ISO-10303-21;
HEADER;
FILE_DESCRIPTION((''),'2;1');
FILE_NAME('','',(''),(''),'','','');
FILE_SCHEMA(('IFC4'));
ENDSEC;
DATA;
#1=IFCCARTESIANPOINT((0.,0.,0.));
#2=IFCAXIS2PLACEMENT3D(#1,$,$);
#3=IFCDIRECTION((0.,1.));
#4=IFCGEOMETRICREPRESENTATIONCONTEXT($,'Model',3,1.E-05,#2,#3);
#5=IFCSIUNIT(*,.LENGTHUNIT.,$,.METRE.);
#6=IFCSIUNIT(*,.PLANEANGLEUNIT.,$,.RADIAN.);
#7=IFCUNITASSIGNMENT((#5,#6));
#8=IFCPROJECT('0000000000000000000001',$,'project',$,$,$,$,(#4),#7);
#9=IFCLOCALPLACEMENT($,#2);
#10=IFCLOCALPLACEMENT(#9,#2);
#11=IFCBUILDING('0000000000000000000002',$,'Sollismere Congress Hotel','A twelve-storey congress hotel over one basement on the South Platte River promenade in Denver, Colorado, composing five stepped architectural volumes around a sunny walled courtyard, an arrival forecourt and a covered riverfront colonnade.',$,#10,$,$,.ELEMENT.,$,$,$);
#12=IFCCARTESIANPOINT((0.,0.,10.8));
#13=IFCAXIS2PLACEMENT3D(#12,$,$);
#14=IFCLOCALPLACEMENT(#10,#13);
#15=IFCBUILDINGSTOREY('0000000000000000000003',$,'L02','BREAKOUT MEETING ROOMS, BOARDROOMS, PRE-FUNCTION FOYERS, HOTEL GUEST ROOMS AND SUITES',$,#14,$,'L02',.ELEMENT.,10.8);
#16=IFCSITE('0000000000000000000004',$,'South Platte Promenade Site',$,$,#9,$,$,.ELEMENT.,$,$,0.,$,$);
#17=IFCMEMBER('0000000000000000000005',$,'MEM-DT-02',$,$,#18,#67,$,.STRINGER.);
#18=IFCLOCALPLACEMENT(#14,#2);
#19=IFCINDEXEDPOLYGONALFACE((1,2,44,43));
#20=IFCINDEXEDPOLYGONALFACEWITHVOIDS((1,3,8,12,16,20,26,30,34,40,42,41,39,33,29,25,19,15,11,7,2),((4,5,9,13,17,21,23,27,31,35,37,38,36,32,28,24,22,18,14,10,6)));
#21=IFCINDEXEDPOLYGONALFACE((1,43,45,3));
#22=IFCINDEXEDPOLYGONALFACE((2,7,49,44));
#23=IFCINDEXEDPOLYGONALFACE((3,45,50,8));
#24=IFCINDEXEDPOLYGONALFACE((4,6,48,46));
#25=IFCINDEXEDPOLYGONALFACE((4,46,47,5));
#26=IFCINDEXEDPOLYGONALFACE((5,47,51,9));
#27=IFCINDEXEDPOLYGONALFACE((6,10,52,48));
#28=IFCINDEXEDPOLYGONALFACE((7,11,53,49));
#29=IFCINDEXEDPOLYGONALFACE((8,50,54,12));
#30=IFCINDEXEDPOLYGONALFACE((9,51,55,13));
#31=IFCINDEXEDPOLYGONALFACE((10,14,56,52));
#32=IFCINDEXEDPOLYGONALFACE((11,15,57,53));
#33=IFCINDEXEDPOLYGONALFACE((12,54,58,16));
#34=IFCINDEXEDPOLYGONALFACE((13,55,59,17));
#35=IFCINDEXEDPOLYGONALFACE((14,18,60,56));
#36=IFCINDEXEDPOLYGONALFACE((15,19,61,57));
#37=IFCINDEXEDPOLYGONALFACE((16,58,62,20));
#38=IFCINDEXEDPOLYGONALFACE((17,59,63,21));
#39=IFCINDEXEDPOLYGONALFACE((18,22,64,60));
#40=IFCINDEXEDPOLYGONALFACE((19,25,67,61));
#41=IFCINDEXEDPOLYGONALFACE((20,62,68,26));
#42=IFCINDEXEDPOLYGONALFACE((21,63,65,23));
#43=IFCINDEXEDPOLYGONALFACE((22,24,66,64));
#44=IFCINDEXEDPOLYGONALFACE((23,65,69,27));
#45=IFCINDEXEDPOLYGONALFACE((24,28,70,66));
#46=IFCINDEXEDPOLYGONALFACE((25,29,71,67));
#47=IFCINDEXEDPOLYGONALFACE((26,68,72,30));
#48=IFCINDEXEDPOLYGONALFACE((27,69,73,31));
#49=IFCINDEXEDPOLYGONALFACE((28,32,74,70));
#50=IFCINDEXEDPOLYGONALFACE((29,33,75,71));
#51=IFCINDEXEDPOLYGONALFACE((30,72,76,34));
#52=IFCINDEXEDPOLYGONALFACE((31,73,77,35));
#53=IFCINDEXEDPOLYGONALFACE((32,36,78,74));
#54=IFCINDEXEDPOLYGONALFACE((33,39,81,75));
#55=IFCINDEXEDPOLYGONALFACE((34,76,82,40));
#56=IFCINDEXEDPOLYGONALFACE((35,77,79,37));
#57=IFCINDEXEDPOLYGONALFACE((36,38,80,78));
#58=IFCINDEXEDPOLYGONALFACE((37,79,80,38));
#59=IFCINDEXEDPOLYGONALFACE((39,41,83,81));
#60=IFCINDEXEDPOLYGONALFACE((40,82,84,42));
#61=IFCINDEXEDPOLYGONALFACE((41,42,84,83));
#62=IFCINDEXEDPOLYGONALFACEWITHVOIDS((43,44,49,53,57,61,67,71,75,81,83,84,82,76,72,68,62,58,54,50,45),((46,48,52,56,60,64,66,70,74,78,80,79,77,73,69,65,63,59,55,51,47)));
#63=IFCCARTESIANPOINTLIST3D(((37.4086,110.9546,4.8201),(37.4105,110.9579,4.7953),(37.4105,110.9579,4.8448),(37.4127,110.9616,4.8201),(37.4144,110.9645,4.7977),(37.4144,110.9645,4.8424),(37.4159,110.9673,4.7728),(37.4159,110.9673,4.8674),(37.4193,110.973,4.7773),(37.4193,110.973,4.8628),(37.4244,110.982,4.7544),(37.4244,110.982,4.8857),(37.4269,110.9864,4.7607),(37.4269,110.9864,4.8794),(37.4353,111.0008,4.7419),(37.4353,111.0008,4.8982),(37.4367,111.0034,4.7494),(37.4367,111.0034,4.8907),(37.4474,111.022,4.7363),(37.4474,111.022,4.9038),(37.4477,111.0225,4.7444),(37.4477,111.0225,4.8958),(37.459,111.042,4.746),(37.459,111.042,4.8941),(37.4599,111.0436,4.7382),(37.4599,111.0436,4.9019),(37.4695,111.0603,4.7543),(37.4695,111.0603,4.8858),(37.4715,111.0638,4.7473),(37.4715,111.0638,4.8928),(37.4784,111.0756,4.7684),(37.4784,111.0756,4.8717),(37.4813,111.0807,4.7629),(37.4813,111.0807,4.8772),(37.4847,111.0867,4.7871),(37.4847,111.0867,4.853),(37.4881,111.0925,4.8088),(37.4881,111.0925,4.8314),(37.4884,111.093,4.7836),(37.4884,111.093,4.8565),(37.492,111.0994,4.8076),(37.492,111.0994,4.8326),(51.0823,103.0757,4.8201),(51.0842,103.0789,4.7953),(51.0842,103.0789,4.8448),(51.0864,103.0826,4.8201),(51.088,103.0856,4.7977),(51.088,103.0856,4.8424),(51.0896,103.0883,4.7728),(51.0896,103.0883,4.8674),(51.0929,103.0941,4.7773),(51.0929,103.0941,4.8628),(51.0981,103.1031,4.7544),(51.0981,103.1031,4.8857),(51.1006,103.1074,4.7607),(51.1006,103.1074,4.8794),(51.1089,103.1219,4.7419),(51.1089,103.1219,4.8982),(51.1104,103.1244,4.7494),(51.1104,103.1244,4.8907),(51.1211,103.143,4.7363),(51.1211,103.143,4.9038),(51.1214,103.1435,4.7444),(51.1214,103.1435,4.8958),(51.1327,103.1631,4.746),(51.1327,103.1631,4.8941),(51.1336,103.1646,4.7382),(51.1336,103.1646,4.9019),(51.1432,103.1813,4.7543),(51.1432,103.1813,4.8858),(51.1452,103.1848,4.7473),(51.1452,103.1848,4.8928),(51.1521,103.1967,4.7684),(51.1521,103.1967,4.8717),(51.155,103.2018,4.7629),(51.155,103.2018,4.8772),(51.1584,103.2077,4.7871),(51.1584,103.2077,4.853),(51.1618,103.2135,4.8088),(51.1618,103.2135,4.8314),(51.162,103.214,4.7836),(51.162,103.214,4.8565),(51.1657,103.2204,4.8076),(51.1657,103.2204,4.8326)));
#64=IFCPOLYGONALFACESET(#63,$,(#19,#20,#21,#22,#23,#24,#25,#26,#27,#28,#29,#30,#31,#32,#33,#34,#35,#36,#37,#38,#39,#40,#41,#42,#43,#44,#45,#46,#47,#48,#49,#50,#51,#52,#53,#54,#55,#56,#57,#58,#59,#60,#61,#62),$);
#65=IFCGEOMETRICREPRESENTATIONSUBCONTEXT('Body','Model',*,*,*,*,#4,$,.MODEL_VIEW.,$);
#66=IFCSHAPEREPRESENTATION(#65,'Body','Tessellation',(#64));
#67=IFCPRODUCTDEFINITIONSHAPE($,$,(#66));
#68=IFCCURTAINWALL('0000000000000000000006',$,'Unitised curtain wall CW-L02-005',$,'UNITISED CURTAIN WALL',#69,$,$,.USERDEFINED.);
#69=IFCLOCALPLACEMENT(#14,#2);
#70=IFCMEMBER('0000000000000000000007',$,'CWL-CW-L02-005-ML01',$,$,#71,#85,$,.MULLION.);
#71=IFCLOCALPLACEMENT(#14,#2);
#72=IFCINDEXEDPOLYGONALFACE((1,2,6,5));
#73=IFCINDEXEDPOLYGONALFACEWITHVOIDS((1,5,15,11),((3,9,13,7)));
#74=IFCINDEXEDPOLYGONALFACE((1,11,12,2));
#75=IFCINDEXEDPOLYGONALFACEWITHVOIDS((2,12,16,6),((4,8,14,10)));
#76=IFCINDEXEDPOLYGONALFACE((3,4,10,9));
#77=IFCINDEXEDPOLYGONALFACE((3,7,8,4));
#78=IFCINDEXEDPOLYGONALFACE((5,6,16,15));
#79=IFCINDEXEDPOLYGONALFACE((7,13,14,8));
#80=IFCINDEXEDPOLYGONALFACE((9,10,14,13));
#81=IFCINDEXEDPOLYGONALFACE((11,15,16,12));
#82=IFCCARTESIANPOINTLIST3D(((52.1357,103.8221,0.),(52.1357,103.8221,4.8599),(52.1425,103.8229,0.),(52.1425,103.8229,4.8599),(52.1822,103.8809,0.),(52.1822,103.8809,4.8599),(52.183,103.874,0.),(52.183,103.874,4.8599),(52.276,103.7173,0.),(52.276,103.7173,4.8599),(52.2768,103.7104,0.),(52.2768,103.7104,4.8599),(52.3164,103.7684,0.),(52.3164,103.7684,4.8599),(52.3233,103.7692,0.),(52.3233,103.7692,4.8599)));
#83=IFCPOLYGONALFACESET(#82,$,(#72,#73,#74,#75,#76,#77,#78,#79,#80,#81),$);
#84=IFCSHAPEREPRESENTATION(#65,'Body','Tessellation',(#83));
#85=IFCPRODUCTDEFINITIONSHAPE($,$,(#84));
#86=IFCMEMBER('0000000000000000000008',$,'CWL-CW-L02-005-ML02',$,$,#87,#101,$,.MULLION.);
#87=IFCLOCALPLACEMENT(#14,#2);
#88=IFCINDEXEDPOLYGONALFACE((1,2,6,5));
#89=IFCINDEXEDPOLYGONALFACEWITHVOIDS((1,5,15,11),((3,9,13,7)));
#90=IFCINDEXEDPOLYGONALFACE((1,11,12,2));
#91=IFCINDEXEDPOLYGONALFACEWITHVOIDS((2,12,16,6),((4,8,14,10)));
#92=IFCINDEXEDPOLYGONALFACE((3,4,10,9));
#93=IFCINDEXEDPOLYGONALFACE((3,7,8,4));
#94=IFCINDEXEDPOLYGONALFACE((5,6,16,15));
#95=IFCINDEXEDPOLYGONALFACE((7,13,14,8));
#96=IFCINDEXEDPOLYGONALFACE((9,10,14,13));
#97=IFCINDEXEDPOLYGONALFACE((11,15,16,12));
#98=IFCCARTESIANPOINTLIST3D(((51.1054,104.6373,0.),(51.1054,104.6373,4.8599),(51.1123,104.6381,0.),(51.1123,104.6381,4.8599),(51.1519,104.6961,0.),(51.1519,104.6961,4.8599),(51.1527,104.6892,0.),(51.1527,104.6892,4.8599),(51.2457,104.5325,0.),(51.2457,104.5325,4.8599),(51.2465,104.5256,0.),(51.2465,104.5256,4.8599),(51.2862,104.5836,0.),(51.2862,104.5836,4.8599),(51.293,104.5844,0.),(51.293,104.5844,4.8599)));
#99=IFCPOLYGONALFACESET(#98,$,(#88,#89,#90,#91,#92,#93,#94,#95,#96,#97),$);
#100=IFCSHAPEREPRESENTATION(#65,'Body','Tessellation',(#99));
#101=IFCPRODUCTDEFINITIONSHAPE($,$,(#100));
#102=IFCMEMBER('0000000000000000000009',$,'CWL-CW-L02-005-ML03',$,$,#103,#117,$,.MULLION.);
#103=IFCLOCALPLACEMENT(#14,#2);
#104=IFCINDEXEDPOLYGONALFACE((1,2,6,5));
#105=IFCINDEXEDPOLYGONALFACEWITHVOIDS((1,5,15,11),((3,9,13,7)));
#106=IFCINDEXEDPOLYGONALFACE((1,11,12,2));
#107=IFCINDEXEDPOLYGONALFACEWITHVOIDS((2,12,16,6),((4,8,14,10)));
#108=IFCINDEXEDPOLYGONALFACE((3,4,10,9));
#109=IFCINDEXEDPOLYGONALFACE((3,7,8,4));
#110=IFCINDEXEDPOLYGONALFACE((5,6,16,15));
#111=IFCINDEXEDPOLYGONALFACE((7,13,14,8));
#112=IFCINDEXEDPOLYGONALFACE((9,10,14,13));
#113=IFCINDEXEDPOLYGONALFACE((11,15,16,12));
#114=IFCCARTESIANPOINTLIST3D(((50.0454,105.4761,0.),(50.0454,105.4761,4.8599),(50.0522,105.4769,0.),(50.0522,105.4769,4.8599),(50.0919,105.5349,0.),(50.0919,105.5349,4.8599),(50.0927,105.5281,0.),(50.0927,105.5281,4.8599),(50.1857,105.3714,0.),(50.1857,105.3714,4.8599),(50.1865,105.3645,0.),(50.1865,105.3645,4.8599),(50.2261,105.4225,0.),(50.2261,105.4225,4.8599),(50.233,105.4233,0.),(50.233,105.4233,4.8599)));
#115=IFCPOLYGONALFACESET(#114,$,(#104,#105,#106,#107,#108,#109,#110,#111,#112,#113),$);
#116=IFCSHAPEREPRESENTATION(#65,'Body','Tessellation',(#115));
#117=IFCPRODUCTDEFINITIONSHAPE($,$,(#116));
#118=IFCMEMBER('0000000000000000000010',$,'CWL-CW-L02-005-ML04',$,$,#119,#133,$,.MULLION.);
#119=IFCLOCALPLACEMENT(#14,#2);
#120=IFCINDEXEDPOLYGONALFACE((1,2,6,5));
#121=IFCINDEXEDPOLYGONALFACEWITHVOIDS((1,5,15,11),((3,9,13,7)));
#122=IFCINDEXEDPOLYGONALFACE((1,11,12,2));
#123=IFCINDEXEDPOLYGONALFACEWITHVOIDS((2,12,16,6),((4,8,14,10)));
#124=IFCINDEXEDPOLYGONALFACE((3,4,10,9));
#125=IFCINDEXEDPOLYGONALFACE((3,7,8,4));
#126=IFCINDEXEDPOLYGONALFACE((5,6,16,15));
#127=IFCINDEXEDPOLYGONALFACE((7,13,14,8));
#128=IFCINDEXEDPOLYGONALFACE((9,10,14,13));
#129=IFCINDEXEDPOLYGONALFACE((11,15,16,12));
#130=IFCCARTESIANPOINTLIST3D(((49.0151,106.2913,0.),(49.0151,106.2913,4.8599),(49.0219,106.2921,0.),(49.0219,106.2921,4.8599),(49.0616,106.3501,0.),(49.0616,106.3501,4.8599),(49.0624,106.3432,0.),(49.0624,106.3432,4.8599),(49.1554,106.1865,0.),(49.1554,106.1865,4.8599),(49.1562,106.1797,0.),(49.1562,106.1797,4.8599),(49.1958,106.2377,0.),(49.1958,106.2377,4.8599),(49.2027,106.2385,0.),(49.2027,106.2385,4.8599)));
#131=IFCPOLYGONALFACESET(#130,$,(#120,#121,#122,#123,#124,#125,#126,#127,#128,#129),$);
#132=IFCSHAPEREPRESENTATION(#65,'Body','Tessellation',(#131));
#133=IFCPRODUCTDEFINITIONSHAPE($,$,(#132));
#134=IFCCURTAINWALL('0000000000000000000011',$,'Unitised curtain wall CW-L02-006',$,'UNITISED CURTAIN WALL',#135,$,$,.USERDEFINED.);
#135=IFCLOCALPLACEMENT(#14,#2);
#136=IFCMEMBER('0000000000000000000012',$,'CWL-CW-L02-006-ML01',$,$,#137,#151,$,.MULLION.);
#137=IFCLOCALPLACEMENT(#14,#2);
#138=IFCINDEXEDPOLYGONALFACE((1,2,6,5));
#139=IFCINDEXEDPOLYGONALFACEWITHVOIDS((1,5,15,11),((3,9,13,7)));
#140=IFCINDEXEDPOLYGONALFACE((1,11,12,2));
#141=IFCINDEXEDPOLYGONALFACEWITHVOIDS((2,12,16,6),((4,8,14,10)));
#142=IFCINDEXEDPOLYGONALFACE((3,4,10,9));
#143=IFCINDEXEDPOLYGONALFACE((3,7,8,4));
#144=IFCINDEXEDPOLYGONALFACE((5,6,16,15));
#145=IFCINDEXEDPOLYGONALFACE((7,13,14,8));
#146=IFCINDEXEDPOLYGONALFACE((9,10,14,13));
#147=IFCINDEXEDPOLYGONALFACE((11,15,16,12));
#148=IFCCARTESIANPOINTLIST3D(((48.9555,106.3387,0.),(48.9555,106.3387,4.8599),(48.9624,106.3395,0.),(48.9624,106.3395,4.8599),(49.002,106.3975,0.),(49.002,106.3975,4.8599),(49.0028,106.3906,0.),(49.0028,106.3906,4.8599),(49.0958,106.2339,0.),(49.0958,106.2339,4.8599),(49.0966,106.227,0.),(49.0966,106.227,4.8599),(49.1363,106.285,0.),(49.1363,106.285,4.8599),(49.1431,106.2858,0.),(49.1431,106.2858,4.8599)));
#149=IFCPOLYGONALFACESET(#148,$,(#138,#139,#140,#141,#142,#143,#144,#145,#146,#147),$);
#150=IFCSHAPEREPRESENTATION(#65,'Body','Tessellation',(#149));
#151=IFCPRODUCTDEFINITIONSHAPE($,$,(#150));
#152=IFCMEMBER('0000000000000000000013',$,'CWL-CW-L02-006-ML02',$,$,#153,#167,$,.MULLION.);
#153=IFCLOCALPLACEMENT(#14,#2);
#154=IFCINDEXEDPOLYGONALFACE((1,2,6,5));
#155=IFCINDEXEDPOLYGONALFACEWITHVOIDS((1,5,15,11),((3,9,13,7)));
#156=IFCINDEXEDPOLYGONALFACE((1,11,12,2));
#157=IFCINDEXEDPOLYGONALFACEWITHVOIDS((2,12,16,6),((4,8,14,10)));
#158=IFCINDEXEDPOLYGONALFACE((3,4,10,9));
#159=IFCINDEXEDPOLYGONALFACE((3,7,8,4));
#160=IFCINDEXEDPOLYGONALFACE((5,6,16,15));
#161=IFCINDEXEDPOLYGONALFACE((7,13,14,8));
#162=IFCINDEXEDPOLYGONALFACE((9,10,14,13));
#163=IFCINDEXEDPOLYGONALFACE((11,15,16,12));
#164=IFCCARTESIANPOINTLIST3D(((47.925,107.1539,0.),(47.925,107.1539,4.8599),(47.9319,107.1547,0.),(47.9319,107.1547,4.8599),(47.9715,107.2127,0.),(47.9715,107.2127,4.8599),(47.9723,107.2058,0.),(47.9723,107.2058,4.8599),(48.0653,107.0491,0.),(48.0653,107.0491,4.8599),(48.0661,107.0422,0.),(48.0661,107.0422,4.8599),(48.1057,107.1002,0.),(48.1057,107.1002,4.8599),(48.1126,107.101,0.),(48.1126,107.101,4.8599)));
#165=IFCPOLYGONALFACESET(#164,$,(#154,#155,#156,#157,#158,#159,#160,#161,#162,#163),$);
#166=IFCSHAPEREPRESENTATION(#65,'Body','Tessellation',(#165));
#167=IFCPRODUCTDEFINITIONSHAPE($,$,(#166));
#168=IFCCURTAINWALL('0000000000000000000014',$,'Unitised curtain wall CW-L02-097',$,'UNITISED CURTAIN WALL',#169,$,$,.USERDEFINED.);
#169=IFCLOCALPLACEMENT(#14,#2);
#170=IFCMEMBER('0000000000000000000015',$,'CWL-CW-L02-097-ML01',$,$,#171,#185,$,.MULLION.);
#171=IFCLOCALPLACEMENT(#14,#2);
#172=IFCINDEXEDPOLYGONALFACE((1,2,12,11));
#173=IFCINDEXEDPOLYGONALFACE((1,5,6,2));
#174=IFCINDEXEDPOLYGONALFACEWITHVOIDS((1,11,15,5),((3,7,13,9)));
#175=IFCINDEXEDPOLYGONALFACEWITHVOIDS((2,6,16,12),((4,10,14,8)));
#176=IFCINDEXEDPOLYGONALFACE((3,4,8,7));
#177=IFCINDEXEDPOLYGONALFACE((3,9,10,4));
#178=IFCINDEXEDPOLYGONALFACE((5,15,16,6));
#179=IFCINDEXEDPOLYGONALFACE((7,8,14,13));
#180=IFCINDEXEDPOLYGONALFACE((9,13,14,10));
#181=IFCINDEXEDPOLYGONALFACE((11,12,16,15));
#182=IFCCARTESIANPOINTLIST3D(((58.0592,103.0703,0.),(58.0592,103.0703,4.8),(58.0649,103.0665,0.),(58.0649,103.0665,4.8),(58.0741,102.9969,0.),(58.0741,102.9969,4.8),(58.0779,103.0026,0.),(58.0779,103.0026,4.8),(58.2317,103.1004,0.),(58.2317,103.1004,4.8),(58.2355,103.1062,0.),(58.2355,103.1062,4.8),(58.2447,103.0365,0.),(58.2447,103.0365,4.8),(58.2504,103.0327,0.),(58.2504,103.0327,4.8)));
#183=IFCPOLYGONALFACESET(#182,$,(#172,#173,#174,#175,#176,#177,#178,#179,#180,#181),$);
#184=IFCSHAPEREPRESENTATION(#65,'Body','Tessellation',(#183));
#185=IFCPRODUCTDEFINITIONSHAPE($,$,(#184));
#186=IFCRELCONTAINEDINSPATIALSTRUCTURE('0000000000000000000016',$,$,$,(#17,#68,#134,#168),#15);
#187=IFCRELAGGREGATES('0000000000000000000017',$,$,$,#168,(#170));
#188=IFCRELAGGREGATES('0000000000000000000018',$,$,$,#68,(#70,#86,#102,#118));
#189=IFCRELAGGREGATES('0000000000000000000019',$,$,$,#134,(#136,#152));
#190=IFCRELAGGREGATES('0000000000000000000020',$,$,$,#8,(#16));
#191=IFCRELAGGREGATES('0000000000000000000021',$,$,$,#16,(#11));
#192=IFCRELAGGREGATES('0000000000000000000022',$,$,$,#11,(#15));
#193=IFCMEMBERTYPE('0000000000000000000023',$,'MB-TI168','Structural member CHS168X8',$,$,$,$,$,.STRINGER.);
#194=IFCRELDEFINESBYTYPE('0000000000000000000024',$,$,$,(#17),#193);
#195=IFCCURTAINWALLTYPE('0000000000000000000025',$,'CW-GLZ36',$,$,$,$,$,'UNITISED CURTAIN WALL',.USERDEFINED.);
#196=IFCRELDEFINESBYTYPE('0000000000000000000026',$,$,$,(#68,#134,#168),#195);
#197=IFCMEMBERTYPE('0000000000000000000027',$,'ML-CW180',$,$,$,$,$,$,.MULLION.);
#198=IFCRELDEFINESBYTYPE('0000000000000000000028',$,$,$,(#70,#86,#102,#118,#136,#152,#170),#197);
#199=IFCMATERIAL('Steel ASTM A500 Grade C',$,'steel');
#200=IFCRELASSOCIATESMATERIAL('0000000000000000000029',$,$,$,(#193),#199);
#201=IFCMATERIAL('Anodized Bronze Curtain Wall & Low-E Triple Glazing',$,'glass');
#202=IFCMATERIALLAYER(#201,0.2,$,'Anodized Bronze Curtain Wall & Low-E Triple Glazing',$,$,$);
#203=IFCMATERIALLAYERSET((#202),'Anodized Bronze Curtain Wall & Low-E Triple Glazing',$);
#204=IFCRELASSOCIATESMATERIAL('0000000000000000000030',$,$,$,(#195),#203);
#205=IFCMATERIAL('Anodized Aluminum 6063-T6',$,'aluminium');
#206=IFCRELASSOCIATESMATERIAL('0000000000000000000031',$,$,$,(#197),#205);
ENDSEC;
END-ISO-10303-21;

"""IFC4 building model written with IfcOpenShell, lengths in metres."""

from ifc_helpers import new_model, si_unit, direction, frame, origin, origin_2d, place, context, subcontext, project, spatial, hollow_rectangle, hollow_circle, extrude, material, layer, layer_set, material_profile, profile_set, type_object, element, aggregate, save


model = new_model("IFC4")

# Units and contexts
model_context = context("Model", 3, precision=1e-05, world=origin(), true_north=direction((0.0, 1.0)))
body_context = subcontext(model_context, "Body", "Model", "MODEL_VIEW")
ifc_project = project(units=[si_unit("LENGTHUNIT", "METRE"), si_unit("PLANEANGLEUNIT", "RADIAN")], contexts=[model_context])

# Site, building, storey
site_placement = place(None, origin())
site = spatial("IfcSite", under=ifc_project, at=site_placement, Name="South Platte Promenade Site", CompositionType="ELEMENT", RefElevation=0.0)
building_placement = place(site_placement, origin())
building = spatial("IfcBuilding", under=site, at=building_placement, Name="Sollismere Congress Hotel", Description="A twelve-storey congress hotel over one basement on the South Platte River promenade in Denver, Colorado, composing five stepped architectural volumes around a sunny walled courtyard, an arrival forecourt and a covered riverfront colonnade.", CompositionType="ELEMENT")
storey_placement = place(building_placement, frame((0.0, 0.0, 10.8)))
storey = spatial("IfcBuildingStorey", under=building, at=storey_placement, Name="L02", Description="BREAKOUT MEETING ROOMS, BOARDROOMS, PRE-FUNCTION FOYERS, HOTEL GUEST ROOMS AND SUITES", LongName="L02", CompositionType="ELEMENT", Elevation=10.8)

# Shared definitions
ifc_material_1 = material(Name="Steel ASTM A500 Grade C", Category="steel")

# Member
ifc_material_profile_1 = material_profile(ifc_material_1, hollow_circle(Radius=0.084, WallThickness=0.0081, at=origin_2d()), Name="CHS168X8")
ifc_profile_set_1 = profile_set([ifc_material_profile_1], Name="Steel ASTM A500 Grade C")
member_type_1 = type_object("IfcMemberType", Name="MB-TI168", Description="Structural member CHS168X8", PredefinedType="STRINGER", material=ifc_profile_set_1)
member_1_placement = place(storey_placement, frame((51.1243, 103.1484, 4.8201), z_axis=(-0.866452, 0.499261, 0.0), x_axis=(-0.499261, -0.866452, 0.0)))
element("IfcMember", 1, at=member_1_placement, inside=storey, type_object=member_type_1, Name="MEM-DT-02", PredefinedType="STRINGER", context=body_context, shape_type="SweptSolid", body=[
    extrude(hollow_circle(Radius=0.084, WallThickness=0.0081, at=origin_2d()), origin(), (0.0, 0.0, 1.0), 15.7812),
])

# Curtain walls, members
ifc_material_2 = material(Name="Anodized Bronze Curtain Wall & Low-E Triple Glazing", Category="glass")
ifc_layer_1 = layer(ifc_material_2, 0.2, Name="Anodized Bronze Curtain Wall & Low-E Triple Glazing")
ifc_layer_set_1 = layer_set([ifc_layer_1], Name="Anodized Bronze Curtain Wall & Low-E Triple Glazing")
curtain_wall_type = type_object("IfcCurtainWallType", Name="CW-GLZ36", ElementType="UNITISED CURTAIN WALL", PredefinedType="USERDEFINED", material=ifc_layer_set_1)
curtain_wall_1_placement = place(storey_placement, origin())
curtain_wall_1 = element("IfcCurtainWall", 2, at=curtain_wall_1_placement, inside=storey, type_object=curtain_wall_type, Name="Unitised curtain wall CW-L02-005", ObjectType="UNITISED CURTAIN WALL", PredefinedType="USERDEFINED")
ifc_material_3 = material(Name="Anodized Aluminum 6063-T6", Category="aluminium")
ifc_material_profile_2 = material_profile(ifc_material_3, hollow_rectangle(XDim=0.075, YDim=0.1799, WallThickness=0.0049, at=origin_2d()), Name="ALU180X75X5")
ifc_profile_set_2 = profile_set([ifc_material_profile_2], Name="Anodized Aluminum 6063-T6")
member_type_2 = type_object("IfcMemberType", Name="ML-CW180", PredefinedType="MULLION", material=ifc_profile_set_2)
member_2_placement = place(storey_placement, frame((52.2295, 103.7957, 0.0), z_axis=(0.0, 0.0, 1.0), x_axis=(-0.620532, -0.784181, 0.0)))
member_2 = element("IfcMember", 3, at=member_2_placement, type_object=member_type_2, Name="CWL-CW-L02-005-ML01", PredefinedType="MULLION", context=body_context, shape_type="SweptSolid", body=[
    extrude(hollow_rectangle(XDim=0.075, YDim=0.1799, WallThickness=0.0049, at=origin_2d()), origin(), (0.0, 0.0, 1.0), 4.8599),
])
member_3_placement = place(storey_placement, frame((51.1992, 104.6108, 0.0), z_axis=(0.0, 0.0, 1.0), x_axis=(-0.620532, -0.784181, 0.0)))
member_3 = element("IfcMember", 4, at=member_3_placement, type_object=member_type_2, Name="CWL-CW-L02-005-ML02", PredefinedType="MULLION", context=body_context, shape_type="SweptSolid", body=[
    extrude(hollow_rectangle(XDim=0.075, YDim=0.1799, WallThickness=0.0049, at=origin_2d()), origin(), (0.0, 0.0, 1.0), 4.8599),
])
member_4_placement = place(storey_placement, frame((50.1392, 105.4497, 0.0), z_axis=(0.0, 0.0, 1.0), x_axis=(-0.620532, -0.784181, 0.0)))
member_4 = element("IfcMember", 5, at=member_4_placement, type_object=member_type_2, Name="CWL-CW-L02-005-ML03", PredefinedType="MULLION", context=body_context, shape_type="SweptSolid", body=[
    extrude(hollow_rectangle(XDim=0.075, YDim=0.1799, WallThickness=0.0049, at=origin_2d()), origin(), (0.0, 0.0, 1.0), 4.8599),
])
member_5_placement = place(storey_placement, frame((49.1089, 106.2649, 0.0), z_axis=(0.0, 0.0, 1.0), x_axis=(-0.620532, -0.784181, 0.0)))
member_5 = element("IfcMember", 6, at=member_5_placement, type_object=member_type_2, Name="CWL-CW-L02-005-ML04", PredefinedType="MULLION", context=body_context, shape_type="SweptSolid", body=[
    extrude(hollow_rectangle(XDim=0.075, YDim=0.1799, WallThickness=0.0049, at=origin_2d()), origin(), (0.0, 0.0, 1.0), 4.8599),
])
curtain_wall_2_placement = place(storey_placement, origin())
curtain_wall_2 = element("IfcCurtainWall", 7, at=curtain_wall_2_placement, inside=storey, type_object=curtain_wall_type, Name="Unitised curtain wall CW-L02-006", ObjectType="UNITISED CURTAIN WALL", PredefinedType="USERDEFINED")
member_6_placement = place(storey_placement, frame((49.0493, 106.3123, 0.0), z_axis=(0.0, 0.0, 1.0), x_axis=(-0.620532, -0.784181, 0.0)))
member_6 = element("IfcMember", 8, at=member_6_placement, type_object=member_type_2, Name="CWL-CW-L02-006-ML01", PredefinedType="MULLION", context=body_context, shape_type="SweptSolid", body=[
    extrude(hollow_rectangle(XDim=0.075, YDim=0.1799, WallThickness=0.0049, at=origin_2d()), origin(), (0.0, 0.0, 1.0), 4.8599),
])
member_7_placement = place(storey_placement, frame((48.0188, 107.1274, 0.0), z_axis=(0.0, 0.0, 1.0), x_axis=(-0.620532, -0.784181, 0.0)))
member_7 = element("IfcMember", 9, at=member_7_placement, type_object=member_type_2, Name="CWL-CW-L02-006-ML02", PredefinedType="MULLION", context=body_context, shape_type="SweptSolid", body=[
    extrude(hollow_rectangle(XDim=0.075, YDim=0.1799, WallThickness=0.0049, at=origin_2d()), origin(), (0.0, 0.0, 1.0), 4.8599),
])

# Curtain wall, member
curtain_wall_3_placement = place(storey_placement, origin())
curtain_wall_3 = element("IfcCurtainWall", 10, at=curtain_wall_3_placement, inside=storey, type_object=curtain_wall_type, Name="Unitised curtain wall CW-L02-097", ObjectType="UNITISED CURTAIN WALL", PredefinedType="USERDEFINED")
member_8_placement = place(storey_placement, frame((58.1548, 103.0515, 0.0), z_axis=(0.0, 0.0, 1.0), x_axis=(-0.199368, 0.979925, 0.0)))
member_8 = element("IfcMember", 11, at=member_8_placement, type_object=member_type_2, Name="CWL-CW-L02-097-ML01", PredefinedType="MULLION", context=body_context, shape_type="SweptSolid", body=[
    extrude(hollow_rectangle(XDim=0.075, YDim=0.1799, WallThickness=0.0049, at=origin_2d()), origin(), (0.0, 0.0, 1.0), 4.8),
])

aggregate(curtain_wall_3, [member_8])

aggregate(curtain_wall_1, [member_2, member_3, member_4, member_5])
aggregate(curtain_wall_2, [member_6, member_7])

save(model, "model.ifc")
